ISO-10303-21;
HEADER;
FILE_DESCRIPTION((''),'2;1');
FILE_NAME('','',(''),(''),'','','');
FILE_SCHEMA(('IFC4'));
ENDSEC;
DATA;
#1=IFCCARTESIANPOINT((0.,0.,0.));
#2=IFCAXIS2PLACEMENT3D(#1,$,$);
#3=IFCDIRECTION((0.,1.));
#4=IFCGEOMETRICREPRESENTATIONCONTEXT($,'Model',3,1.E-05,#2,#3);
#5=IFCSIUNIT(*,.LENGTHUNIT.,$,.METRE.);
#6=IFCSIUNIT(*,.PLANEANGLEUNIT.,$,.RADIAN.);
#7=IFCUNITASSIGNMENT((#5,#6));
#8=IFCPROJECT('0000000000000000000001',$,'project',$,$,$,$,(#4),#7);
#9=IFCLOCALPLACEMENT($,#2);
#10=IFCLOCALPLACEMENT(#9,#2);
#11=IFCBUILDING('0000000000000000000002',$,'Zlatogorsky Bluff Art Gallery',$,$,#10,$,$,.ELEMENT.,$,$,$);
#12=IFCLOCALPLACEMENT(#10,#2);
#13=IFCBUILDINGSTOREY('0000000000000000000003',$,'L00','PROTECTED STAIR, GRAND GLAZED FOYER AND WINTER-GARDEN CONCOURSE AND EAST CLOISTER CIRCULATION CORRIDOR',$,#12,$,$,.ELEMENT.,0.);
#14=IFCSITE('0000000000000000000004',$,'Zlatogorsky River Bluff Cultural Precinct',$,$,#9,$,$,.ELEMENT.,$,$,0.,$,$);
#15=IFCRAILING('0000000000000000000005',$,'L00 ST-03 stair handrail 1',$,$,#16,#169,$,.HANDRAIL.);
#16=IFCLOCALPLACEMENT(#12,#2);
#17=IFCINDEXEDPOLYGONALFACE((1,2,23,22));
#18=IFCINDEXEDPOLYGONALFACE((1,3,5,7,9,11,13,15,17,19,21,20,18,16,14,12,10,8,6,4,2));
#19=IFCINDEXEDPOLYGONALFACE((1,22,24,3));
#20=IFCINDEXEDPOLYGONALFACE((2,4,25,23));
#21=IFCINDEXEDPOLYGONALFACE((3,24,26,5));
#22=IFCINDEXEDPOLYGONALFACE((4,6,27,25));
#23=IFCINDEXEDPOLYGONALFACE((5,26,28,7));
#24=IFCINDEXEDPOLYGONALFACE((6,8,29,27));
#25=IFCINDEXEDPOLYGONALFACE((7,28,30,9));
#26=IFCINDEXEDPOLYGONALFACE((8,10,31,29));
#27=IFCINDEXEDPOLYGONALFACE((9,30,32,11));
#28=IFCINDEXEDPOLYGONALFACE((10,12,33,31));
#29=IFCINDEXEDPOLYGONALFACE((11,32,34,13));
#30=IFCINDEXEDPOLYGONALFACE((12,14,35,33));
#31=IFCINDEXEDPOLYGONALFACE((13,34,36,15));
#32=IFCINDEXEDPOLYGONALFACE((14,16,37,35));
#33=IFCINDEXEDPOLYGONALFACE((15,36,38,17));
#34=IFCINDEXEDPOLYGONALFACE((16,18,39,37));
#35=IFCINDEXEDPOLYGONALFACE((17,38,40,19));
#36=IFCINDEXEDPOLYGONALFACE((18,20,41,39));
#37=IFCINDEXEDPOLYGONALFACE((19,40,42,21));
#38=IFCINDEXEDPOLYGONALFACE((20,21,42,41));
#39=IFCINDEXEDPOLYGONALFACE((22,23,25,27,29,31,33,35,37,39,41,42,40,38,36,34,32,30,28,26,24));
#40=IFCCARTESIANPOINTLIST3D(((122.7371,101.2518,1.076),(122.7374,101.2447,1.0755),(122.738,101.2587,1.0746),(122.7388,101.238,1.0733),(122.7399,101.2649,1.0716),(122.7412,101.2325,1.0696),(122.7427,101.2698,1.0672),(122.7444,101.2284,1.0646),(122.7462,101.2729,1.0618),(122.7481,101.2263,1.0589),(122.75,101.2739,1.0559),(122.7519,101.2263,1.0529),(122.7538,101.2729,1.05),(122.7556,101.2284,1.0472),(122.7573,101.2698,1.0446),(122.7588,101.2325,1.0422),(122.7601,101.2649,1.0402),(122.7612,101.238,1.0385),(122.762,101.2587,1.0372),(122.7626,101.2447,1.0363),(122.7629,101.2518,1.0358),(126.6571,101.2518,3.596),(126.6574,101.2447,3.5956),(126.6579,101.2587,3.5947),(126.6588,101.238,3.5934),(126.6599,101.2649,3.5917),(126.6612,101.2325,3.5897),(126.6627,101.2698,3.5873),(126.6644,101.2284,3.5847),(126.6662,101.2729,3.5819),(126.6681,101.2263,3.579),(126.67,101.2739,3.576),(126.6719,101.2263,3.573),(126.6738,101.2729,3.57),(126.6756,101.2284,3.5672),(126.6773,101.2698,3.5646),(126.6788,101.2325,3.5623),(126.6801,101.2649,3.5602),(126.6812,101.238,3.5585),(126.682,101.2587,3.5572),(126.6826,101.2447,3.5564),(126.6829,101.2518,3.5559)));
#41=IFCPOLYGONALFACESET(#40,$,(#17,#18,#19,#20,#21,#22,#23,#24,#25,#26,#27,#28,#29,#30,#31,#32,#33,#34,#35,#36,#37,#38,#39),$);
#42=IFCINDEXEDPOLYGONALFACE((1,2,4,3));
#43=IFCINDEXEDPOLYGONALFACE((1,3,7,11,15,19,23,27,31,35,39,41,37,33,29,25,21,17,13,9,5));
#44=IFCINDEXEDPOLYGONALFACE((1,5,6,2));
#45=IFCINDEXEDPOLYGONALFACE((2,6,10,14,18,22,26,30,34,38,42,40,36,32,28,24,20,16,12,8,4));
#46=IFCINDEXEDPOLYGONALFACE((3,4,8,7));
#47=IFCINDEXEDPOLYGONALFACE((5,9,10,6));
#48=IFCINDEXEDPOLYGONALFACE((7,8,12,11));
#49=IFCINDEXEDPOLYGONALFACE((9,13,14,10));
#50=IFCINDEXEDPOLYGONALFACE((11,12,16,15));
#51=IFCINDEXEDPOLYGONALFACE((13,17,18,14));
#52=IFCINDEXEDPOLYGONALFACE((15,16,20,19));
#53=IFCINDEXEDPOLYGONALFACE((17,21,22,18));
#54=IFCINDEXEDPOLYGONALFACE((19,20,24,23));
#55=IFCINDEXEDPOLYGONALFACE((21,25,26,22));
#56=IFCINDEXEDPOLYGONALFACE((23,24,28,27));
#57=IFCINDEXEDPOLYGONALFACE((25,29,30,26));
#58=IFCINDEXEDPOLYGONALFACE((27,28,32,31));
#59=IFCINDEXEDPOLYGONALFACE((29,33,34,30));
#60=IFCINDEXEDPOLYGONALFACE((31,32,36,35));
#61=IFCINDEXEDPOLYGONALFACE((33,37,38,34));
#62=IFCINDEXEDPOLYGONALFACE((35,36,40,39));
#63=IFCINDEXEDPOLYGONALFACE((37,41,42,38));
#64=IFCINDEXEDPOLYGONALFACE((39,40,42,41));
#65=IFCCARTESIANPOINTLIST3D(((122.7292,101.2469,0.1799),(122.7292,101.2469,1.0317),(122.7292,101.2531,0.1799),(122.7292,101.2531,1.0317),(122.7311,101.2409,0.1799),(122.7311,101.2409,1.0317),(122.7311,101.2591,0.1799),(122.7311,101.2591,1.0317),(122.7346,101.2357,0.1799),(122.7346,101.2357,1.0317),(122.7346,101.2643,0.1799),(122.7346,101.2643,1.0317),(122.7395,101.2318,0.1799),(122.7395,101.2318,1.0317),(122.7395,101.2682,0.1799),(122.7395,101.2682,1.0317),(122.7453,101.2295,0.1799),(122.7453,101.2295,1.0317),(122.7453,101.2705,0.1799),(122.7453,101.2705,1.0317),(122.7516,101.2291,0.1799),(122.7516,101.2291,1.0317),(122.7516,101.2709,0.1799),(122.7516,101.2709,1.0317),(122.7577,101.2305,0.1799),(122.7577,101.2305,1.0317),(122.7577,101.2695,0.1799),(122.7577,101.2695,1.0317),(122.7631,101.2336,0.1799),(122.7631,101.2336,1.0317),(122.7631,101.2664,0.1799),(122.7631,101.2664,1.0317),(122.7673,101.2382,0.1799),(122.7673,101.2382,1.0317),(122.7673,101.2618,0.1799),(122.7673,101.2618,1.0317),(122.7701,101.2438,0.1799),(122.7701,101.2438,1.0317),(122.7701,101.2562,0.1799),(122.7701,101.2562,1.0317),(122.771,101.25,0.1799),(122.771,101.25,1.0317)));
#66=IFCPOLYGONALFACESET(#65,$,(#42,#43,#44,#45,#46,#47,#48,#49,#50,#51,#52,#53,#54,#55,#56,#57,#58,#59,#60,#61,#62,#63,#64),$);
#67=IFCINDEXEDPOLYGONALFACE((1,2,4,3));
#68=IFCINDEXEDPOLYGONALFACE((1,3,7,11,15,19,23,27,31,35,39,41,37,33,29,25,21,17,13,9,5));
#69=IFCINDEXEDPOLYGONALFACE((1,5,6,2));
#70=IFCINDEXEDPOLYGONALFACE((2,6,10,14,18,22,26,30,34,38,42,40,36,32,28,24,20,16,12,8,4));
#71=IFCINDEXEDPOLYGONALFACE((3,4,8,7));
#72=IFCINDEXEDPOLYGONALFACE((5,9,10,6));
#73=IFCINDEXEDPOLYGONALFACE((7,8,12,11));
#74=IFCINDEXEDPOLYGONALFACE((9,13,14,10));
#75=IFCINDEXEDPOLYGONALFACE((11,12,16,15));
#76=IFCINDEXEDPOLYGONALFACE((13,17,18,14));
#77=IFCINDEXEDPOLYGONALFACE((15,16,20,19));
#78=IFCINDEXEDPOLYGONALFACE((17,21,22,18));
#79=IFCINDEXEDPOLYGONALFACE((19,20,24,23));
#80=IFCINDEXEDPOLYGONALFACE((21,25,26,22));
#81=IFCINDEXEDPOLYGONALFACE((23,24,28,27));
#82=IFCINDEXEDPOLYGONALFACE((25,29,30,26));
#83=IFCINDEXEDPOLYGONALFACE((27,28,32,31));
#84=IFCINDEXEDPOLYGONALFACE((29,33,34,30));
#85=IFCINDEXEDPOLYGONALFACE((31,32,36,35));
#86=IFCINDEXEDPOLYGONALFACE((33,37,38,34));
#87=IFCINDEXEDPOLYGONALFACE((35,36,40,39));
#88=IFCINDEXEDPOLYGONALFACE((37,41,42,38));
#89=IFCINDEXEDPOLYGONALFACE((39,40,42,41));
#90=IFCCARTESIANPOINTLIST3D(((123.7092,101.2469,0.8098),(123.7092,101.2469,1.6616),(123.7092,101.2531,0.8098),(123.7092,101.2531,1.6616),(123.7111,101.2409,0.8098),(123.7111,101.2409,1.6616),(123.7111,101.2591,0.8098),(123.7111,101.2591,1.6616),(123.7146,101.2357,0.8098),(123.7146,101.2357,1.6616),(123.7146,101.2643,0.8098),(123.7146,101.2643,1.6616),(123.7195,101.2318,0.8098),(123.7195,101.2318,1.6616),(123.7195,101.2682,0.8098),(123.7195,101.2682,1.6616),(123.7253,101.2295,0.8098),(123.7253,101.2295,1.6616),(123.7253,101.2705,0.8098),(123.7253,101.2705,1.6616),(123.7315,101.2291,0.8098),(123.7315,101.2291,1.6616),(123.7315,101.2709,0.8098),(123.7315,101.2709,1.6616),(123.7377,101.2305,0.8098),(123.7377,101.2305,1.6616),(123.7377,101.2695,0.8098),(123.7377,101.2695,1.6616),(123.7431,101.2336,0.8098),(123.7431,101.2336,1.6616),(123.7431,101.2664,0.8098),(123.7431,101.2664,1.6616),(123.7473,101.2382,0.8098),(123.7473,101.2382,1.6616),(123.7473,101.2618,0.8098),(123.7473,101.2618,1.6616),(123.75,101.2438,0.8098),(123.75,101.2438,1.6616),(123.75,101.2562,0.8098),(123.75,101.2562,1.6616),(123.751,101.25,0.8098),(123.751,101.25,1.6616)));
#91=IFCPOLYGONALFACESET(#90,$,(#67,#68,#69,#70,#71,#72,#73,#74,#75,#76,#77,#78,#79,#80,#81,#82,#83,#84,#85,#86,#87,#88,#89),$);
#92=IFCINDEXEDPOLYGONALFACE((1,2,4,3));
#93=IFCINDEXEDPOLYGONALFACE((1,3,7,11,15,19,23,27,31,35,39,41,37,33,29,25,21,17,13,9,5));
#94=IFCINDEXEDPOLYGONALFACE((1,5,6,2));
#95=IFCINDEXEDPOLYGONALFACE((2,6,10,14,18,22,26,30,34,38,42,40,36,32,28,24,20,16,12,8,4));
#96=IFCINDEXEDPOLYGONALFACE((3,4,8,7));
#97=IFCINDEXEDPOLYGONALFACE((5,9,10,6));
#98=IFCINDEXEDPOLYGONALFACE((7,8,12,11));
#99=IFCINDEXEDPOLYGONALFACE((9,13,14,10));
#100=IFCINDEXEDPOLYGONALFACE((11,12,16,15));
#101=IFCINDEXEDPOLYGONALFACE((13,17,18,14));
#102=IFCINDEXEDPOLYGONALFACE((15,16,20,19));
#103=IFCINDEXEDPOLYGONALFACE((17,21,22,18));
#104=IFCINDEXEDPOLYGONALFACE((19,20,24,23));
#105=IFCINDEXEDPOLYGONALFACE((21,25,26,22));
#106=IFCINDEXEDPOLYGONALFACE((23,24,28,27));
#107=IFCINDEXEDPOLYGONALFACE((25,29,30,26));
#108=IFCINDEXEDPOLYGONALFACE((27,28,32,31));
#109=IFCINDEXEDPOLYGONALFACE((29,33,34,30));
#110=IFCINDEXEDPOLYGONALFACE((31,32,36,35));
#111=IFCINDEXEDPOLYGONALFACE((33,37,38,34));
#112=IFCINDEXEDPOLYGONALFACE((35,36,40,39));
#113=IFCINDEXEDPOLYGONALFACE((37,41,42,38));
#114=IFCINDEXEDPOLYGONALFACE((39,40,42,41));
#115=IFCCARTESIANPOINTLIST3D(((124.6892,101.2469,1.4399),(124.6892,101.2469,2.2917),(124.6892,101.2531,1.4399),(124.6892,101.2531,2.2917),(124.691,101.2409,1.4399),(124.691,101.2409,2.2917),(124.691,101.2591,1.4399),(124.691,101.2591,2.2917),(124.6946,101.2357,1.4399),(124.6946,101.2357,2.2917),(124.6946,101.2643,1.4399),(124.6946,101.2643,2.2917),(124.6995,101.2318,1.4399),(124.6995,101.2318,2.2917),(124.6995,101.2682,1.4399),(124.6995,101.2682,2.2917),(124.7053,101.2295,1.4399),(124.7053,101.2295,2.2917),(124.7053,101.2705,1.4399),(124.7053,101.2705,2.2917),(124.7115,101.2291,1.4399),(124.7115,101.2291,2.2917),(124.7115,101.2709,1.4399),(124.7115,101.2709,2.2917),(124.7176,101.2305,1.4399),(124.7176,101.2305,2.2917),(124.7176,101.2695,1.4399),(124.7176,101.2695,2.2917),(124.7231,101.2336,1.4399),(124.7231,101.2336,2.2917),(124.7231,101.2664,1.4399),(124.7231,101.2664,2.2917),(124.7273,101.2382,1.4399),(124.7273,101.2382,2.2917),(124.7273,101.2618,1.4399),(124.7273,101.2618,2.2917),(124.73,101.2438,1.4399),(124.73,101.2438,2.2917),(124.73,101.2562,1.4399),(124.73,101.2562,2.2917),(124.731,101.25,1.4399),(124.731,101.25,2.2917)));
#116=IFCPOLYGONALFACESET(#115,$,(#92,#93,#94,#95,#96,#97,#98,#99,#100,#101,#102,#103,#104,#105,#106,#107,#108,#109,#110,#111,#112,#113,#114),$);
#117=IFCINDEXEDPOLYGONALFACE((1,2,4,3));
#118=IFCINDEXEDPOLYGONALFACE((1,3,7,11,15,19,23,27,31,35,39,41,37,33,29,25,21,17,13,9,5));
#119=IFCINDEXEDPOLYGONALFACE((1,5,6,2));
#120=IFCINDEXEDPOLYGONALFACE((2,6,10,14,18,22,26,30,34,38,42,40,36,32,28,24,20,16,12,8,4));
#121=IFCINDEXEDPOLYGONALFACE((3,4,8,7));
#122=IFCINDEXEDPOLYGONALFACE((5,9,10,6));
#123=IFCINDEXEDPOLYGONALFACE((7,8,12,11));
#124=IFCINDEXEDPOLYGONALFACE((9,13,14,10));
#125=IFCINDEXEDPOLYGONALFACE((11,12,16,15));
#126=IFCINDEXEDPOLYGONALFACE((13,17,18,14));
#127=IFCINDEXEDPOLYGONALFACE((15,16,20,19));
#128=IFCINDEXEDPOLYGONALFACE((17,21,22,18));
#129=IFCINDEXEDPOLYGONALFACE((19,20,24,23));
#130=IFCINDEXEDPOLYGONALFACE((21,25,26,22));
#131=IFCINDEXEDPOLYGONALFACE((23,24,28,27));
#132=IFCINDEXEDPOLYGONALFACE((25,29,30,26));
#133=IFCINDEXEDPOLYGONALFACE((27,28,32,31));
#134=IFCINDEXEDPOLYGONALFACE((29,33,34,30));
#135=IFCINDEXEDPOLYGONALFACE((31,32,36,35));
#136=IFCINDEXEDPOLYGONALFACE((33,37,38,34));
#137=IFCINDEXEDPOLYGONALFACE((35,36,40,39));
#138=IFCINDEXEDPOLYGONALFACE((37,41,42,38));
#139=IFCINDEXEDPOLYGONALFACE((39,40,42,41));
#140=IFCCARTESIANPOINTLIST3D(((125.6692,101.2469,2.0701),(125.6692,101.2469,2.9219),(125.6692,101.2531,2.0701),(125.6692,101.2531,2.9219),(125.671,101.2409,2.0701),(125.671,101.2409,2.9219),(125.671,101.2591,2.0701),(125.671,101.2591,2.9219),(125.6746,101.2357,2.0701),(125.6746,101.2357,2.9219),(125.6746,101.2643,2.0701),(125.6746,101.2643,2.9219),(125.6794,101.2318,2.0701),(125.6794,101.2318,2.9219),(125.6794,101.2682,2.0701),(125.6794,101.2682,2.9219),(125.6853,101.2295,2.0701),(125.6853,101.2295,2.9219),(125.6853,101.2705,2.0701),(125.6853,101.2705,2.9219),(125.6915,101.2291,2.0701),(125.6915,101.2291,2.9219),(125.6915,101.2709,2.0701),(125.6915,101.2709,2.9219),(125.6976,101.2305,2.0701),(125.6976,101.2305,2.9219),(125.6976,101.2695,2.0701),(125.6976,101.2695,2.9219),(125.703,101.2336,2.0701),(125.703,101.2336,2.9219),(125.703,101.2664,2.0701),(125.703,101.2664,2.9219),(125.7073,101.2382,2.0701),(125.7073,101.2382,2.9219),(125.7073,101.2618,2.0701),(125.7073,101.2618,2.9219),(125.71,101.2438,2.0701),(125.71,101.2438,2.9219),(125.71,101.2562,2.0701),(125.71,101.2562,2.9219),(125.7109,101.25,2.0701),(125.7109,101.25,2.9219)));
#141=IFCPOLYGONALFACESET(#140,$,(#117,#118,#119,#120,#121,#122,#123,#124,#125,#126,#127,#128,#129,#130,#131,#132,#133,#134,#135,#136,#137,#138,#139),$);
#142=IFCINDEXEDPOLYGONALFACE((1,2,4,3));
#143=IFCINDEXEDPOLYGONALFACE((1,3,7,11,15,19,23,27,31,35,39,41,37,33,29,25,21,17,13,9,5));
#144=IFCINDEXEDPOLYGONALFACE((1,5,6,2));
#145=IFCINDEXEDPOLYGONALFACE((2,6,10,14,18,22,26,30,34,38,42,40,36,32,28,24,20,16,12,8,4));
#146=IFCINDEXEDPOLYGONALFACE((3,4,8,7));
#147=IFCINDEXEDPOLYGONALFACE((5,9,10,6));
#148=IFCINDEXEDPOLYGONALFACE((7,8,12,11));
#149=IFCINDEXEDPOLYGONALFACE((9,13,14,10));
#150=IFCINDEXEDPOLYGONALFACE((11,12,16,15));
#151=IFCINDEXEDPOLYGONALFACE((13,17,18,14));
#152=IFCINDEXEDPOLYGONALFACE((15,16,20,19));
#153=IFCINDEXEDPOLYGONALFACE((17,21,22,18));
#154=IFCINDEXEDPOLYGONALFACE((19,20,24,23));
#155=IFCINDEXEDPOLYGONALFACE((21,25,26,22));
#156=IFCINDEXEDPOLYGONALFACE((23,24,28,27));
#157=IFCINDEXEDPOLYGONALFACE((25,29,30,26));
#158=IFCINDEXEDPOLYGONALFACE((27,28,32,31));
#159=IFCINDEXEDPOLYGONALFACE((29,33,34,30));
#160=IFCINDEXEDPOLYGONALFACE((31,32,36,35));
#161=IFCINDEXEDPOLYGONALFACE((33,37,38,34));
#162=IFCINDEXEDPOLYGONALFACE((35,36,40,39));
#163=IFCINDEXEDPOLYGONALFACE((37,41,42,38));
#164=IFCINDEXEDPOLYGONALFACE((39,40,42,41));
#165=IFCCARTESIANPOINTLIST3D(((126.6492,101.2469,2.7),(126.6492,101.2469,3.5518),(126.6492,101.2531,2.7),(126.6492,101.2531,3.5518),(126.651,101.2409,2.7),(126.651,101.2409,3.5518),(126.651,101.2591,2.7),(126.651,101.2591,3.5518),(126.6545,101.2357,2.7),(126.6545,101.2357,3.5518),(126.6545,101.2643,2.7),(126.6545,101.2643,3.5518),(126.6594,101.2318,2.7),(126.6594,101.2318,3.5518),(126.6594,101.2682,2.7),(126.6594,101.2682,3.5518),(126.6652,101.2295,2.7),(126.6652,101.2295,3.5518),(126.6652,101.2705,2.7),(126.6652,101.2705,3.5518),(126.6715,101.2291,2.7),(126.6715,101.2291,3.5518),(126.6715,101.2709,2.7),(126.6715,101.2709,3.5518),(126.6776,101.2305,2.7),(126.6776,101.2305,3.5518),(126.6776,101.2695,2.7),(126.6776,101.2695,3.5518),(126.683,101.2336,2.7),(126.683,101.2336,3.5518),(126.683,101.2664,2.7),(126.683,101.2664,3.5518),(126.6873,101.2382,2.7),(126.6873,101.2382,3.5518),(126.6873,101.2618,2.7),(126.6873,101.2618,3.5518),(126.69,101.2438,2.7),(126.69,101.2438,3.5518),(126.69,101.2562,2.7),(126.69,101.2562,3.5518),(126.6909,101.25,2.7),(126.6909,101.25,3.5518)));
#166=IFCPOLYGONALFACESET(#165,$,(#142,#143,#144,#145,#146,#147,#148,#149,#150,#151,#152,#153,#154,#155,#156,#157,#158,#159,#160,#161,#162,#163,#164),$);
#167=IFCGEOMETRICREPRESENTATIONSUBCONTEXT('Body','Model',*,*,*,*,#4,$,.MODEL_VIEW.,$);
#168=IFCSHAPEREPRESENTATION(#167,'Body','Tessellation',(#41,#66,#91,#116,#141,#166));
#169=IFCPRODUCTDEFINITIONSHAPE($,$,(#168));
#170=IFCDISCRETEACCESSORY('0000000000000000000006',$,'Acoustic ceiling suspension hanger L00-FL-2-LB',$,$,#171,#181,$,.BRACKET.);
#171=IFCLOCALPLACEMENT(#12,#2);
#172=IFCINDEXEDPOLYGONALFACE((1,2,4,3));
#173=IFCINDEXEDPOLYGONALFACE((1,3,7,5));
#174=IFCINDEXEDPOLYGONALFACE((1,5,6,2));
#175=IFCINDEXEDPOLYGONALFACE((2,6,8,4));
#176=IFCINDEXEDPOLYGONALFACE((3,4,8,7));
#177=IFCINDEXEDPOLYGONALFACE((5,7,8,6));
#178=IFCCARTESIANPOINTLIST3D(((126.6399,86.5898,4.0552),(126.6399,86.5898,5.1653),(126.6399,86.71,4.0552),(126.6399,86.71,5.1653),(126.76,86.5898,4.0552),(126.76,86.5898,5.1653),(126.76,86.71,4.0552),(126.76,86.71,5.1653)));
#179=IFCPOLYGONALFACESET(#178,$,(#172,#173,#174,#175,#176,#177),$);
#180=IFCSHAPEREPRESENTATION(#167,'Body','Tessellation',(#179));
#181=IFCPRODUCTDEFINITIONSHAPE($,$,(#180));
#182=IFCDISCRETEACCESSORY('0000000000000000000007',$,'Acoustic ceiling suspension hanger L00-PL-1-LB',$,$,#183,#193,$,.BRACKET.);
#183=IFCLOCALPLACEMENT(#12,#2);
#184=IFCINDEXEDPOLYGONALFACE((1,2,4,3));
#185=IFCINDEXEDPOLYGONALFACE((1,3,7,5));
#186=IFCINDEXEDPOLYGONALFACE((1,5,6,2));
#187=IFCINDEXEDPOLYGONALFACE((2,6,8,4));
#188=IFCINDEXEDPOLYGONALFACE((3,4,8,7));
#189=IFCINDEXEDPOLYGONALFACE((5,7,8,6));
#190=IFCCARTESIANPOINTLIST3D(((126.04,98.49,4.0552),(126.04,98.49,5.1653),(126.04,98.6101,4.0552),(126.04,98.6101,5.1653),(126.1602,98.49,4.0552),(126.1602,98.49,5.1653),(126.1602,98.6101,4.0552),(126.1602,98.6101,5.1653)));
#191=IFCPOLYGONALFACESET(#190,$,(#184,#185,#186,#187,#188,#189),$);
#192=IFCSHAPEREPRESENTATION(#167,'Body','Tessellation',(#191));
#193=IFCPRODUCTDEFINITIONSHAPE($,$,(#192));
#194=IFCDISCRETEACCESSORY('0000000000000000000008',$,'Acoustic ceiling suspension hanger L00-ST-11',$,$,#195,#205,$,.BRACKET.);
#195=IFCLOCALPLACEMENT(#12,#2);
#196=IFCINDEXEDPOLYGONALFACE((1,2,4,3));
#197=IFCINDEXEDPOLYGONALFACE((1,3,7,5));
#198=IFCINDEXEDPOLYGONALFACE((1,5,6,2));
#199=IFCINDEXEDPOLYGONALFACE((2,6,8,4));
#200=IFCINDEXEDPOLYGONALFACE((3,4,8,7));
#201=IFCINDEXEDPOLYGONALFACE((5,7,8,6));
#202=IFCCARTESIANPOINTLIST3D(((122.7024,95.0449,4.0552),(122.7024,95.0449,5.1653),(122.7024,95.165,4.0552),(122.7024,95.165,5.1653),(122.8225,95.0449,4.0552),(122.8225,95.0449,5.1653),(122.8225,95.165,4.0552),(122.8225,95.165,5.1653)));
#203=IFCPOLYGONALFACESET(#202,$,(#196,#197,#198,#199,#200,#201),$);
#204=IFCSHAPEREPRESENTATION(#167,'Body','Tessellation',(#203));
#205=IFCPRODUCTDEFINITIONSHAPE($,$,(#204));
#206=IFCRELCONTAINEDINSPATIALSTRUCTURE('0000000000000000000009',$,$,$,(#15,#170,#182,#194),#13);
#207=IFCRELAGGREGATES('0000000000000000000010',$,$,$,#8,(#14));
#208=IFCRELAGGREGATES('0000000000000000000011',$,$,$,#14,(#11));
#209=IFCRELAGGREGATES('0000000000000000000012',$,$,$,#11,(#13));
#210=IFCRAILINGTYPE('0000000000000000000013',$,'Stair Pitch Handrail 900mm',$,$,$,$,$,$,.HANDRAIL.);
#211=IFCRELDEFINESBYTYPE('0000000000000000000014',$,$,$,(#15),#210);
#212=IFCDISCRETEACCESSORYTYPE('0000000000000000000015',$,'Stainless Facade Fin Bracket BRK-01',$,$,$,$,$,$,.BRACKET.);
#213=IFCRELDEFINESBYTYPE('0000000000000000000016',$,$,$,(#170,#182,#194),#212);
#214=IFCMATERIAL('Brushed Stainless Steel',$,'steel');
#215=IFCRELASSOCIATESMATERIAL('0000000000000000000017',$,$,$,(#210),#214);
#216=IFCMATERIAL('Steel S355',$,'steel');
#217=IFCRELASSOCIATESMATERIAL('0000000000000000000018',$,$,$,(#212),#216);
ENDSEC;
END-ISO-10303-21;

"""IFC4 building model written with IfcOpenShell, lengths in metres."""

from ifc_helpers import new_model, si_unit, direction, frame, origin, origin_2d, place, context, subcontext, project, spatial, rectangle, circle, extrude, material, type_object, element, save


model = new_model("IFC4")

# Units and contexts
model_context = context("Model", 3, precision=1e-05, world=origin(), true_north=direction((0.0, 1.0)))
body_context = subcontext(model_context, "Body", "Model", "MODEL_VIEW")
ifc_project = project(units=[si_unit("LENGTHUNIT", "METRE"), si_unit("PLANEANGLEUNIT", "RADIAN")], contexts=[model_context])

# Site, building, storey
site_placement = place(None, origin())
site = spatial("IfcSite", under=ifc_project, at=site_placement, Name="Zlatogorsky River Bluff Cultural Precinct", CompositionType="ELEMENT", RefElevation=0.0)
building_placement = place(site_placement, origin())
building = spatial("IfcBuilding", under=site, at=building_placement, Name="Zlatogorsky Bluff Art Gallery", CompositionType="ELEMENT")
storey_placement = place(building_placement, origin())
storey = spatial("IfcBuildingStorey", under=building, at=storey_placement, Name="L00", Description="PROTECTED STAIR, GRAND GLAZED FOYER AND WINTER-GARDEN CONCOURSE AND EAST CLOISTER CIRCULATION CORRIDOR", CompositionType="ELEMENT", Elevation=0.0)

# Shared definitions
ifc_material_1 = material(Name="Steel S355", Category="steel")

# Railing
ifc_material_2 = material(Name="Brushed Stainless Steel", Category="steel")
railing_type_1 = type_object("IfcRailingType", Name="Stair Pitch Handrail 900mm", PredefinedType="HANDRAIL", material=ifc_material_2)
railing_1_placement = place(storey_placement, frame((122.75, 101.25, 0.1799)))
element("IfcRailing", 1, at=railing_1_placement, inside=storey, type_object=railing_type_1, Name="L00 ST-03 stair handrail 1", PredefinedType="HANDRAIL", context=body_context, shape_type="SweptSolid", body=[
    extrude(circle(Radius=0.0239, at=origin_2d()), frame((0.0, 0.0, 0.876), z_axis=(0.841172, 0.0, 0.540768), x_axis=(0.0, 1.0, 0.0)), (0.0, 0.0, 1.0), 4.6602),
    extrude(circle(Radius=0.021, at=origin_2d()), origin(), (0.0, 0.0, 1.0), 0.8518),
    extrude(circle(Radius=0.021, at=origin_2d()), frame((0.98, 0.0, 0.6299)), (0.0, 0.0, 1.0), 0.8518),
    extrude(circle(Radius=0.021, at=origin_2d()), frame((1.96, 0.0, 1.26)), (0.0, 0.0, 1.0), 0.8518),
    extrude(circle(Radius=0.021, at=origin_2d()), frame((2.9399, 0.0, 1.8901)), (0.0, 0.0, 1.0), 0.8518),
    extrude(circle(Radius=0.021, at=origin_2d()), frame((3.9199, 0.0, 2.52)), (0.0, 0.0, 1.0), 0.8518),
])

# Discrete accessories
discrete_accessory_type = type_object("IfcDiscreteAccessoryType", Name="Stainless Facade Fin Bracket BRK-01", PredefinedType="BRACKET", material=ifc_material_1)
for number, where, z_axis, x_axis, name in (
    (2, (126.7, 86.6499, 4.0552), (0.0, 0.0, 1.0), (1.0, 0.0, 0.0), "Acoustic ceiling suspension hanger L00-FL-2-LB"),
    (3, (126.1001, 98.55, 4.0552), (0.0, 0.0, 1.0), (1.0, 0.0, 0.0), "Acoustic ceiling suspension hanger L00-PL-1-LB"),
    (4, (122.7625, 95.105, 4.0552), (0.0, 0.0, 1.0), (1.0, 0.0, 0.0), "Acoustic ceiling suspension hanger L00-ST-11"),
):
    element("IfcDiscreteAccessory", number, at=place(storey_placement, frame(where, z_axis=z_axis, x_axis=x_axis)), inside=storey, type_object=discrete_accessory_type, Name=name, PredefinedType="BRACKET", context=body_context, shape_type="SweptSolid", body=[
        extrude(rectangle(XDim=0.1201, YDim=0.1201, at=origin_2d()), origin(), (0.0, 0.0, 1.0), 1.1101),
    ])

save(model, "model.ifc")
